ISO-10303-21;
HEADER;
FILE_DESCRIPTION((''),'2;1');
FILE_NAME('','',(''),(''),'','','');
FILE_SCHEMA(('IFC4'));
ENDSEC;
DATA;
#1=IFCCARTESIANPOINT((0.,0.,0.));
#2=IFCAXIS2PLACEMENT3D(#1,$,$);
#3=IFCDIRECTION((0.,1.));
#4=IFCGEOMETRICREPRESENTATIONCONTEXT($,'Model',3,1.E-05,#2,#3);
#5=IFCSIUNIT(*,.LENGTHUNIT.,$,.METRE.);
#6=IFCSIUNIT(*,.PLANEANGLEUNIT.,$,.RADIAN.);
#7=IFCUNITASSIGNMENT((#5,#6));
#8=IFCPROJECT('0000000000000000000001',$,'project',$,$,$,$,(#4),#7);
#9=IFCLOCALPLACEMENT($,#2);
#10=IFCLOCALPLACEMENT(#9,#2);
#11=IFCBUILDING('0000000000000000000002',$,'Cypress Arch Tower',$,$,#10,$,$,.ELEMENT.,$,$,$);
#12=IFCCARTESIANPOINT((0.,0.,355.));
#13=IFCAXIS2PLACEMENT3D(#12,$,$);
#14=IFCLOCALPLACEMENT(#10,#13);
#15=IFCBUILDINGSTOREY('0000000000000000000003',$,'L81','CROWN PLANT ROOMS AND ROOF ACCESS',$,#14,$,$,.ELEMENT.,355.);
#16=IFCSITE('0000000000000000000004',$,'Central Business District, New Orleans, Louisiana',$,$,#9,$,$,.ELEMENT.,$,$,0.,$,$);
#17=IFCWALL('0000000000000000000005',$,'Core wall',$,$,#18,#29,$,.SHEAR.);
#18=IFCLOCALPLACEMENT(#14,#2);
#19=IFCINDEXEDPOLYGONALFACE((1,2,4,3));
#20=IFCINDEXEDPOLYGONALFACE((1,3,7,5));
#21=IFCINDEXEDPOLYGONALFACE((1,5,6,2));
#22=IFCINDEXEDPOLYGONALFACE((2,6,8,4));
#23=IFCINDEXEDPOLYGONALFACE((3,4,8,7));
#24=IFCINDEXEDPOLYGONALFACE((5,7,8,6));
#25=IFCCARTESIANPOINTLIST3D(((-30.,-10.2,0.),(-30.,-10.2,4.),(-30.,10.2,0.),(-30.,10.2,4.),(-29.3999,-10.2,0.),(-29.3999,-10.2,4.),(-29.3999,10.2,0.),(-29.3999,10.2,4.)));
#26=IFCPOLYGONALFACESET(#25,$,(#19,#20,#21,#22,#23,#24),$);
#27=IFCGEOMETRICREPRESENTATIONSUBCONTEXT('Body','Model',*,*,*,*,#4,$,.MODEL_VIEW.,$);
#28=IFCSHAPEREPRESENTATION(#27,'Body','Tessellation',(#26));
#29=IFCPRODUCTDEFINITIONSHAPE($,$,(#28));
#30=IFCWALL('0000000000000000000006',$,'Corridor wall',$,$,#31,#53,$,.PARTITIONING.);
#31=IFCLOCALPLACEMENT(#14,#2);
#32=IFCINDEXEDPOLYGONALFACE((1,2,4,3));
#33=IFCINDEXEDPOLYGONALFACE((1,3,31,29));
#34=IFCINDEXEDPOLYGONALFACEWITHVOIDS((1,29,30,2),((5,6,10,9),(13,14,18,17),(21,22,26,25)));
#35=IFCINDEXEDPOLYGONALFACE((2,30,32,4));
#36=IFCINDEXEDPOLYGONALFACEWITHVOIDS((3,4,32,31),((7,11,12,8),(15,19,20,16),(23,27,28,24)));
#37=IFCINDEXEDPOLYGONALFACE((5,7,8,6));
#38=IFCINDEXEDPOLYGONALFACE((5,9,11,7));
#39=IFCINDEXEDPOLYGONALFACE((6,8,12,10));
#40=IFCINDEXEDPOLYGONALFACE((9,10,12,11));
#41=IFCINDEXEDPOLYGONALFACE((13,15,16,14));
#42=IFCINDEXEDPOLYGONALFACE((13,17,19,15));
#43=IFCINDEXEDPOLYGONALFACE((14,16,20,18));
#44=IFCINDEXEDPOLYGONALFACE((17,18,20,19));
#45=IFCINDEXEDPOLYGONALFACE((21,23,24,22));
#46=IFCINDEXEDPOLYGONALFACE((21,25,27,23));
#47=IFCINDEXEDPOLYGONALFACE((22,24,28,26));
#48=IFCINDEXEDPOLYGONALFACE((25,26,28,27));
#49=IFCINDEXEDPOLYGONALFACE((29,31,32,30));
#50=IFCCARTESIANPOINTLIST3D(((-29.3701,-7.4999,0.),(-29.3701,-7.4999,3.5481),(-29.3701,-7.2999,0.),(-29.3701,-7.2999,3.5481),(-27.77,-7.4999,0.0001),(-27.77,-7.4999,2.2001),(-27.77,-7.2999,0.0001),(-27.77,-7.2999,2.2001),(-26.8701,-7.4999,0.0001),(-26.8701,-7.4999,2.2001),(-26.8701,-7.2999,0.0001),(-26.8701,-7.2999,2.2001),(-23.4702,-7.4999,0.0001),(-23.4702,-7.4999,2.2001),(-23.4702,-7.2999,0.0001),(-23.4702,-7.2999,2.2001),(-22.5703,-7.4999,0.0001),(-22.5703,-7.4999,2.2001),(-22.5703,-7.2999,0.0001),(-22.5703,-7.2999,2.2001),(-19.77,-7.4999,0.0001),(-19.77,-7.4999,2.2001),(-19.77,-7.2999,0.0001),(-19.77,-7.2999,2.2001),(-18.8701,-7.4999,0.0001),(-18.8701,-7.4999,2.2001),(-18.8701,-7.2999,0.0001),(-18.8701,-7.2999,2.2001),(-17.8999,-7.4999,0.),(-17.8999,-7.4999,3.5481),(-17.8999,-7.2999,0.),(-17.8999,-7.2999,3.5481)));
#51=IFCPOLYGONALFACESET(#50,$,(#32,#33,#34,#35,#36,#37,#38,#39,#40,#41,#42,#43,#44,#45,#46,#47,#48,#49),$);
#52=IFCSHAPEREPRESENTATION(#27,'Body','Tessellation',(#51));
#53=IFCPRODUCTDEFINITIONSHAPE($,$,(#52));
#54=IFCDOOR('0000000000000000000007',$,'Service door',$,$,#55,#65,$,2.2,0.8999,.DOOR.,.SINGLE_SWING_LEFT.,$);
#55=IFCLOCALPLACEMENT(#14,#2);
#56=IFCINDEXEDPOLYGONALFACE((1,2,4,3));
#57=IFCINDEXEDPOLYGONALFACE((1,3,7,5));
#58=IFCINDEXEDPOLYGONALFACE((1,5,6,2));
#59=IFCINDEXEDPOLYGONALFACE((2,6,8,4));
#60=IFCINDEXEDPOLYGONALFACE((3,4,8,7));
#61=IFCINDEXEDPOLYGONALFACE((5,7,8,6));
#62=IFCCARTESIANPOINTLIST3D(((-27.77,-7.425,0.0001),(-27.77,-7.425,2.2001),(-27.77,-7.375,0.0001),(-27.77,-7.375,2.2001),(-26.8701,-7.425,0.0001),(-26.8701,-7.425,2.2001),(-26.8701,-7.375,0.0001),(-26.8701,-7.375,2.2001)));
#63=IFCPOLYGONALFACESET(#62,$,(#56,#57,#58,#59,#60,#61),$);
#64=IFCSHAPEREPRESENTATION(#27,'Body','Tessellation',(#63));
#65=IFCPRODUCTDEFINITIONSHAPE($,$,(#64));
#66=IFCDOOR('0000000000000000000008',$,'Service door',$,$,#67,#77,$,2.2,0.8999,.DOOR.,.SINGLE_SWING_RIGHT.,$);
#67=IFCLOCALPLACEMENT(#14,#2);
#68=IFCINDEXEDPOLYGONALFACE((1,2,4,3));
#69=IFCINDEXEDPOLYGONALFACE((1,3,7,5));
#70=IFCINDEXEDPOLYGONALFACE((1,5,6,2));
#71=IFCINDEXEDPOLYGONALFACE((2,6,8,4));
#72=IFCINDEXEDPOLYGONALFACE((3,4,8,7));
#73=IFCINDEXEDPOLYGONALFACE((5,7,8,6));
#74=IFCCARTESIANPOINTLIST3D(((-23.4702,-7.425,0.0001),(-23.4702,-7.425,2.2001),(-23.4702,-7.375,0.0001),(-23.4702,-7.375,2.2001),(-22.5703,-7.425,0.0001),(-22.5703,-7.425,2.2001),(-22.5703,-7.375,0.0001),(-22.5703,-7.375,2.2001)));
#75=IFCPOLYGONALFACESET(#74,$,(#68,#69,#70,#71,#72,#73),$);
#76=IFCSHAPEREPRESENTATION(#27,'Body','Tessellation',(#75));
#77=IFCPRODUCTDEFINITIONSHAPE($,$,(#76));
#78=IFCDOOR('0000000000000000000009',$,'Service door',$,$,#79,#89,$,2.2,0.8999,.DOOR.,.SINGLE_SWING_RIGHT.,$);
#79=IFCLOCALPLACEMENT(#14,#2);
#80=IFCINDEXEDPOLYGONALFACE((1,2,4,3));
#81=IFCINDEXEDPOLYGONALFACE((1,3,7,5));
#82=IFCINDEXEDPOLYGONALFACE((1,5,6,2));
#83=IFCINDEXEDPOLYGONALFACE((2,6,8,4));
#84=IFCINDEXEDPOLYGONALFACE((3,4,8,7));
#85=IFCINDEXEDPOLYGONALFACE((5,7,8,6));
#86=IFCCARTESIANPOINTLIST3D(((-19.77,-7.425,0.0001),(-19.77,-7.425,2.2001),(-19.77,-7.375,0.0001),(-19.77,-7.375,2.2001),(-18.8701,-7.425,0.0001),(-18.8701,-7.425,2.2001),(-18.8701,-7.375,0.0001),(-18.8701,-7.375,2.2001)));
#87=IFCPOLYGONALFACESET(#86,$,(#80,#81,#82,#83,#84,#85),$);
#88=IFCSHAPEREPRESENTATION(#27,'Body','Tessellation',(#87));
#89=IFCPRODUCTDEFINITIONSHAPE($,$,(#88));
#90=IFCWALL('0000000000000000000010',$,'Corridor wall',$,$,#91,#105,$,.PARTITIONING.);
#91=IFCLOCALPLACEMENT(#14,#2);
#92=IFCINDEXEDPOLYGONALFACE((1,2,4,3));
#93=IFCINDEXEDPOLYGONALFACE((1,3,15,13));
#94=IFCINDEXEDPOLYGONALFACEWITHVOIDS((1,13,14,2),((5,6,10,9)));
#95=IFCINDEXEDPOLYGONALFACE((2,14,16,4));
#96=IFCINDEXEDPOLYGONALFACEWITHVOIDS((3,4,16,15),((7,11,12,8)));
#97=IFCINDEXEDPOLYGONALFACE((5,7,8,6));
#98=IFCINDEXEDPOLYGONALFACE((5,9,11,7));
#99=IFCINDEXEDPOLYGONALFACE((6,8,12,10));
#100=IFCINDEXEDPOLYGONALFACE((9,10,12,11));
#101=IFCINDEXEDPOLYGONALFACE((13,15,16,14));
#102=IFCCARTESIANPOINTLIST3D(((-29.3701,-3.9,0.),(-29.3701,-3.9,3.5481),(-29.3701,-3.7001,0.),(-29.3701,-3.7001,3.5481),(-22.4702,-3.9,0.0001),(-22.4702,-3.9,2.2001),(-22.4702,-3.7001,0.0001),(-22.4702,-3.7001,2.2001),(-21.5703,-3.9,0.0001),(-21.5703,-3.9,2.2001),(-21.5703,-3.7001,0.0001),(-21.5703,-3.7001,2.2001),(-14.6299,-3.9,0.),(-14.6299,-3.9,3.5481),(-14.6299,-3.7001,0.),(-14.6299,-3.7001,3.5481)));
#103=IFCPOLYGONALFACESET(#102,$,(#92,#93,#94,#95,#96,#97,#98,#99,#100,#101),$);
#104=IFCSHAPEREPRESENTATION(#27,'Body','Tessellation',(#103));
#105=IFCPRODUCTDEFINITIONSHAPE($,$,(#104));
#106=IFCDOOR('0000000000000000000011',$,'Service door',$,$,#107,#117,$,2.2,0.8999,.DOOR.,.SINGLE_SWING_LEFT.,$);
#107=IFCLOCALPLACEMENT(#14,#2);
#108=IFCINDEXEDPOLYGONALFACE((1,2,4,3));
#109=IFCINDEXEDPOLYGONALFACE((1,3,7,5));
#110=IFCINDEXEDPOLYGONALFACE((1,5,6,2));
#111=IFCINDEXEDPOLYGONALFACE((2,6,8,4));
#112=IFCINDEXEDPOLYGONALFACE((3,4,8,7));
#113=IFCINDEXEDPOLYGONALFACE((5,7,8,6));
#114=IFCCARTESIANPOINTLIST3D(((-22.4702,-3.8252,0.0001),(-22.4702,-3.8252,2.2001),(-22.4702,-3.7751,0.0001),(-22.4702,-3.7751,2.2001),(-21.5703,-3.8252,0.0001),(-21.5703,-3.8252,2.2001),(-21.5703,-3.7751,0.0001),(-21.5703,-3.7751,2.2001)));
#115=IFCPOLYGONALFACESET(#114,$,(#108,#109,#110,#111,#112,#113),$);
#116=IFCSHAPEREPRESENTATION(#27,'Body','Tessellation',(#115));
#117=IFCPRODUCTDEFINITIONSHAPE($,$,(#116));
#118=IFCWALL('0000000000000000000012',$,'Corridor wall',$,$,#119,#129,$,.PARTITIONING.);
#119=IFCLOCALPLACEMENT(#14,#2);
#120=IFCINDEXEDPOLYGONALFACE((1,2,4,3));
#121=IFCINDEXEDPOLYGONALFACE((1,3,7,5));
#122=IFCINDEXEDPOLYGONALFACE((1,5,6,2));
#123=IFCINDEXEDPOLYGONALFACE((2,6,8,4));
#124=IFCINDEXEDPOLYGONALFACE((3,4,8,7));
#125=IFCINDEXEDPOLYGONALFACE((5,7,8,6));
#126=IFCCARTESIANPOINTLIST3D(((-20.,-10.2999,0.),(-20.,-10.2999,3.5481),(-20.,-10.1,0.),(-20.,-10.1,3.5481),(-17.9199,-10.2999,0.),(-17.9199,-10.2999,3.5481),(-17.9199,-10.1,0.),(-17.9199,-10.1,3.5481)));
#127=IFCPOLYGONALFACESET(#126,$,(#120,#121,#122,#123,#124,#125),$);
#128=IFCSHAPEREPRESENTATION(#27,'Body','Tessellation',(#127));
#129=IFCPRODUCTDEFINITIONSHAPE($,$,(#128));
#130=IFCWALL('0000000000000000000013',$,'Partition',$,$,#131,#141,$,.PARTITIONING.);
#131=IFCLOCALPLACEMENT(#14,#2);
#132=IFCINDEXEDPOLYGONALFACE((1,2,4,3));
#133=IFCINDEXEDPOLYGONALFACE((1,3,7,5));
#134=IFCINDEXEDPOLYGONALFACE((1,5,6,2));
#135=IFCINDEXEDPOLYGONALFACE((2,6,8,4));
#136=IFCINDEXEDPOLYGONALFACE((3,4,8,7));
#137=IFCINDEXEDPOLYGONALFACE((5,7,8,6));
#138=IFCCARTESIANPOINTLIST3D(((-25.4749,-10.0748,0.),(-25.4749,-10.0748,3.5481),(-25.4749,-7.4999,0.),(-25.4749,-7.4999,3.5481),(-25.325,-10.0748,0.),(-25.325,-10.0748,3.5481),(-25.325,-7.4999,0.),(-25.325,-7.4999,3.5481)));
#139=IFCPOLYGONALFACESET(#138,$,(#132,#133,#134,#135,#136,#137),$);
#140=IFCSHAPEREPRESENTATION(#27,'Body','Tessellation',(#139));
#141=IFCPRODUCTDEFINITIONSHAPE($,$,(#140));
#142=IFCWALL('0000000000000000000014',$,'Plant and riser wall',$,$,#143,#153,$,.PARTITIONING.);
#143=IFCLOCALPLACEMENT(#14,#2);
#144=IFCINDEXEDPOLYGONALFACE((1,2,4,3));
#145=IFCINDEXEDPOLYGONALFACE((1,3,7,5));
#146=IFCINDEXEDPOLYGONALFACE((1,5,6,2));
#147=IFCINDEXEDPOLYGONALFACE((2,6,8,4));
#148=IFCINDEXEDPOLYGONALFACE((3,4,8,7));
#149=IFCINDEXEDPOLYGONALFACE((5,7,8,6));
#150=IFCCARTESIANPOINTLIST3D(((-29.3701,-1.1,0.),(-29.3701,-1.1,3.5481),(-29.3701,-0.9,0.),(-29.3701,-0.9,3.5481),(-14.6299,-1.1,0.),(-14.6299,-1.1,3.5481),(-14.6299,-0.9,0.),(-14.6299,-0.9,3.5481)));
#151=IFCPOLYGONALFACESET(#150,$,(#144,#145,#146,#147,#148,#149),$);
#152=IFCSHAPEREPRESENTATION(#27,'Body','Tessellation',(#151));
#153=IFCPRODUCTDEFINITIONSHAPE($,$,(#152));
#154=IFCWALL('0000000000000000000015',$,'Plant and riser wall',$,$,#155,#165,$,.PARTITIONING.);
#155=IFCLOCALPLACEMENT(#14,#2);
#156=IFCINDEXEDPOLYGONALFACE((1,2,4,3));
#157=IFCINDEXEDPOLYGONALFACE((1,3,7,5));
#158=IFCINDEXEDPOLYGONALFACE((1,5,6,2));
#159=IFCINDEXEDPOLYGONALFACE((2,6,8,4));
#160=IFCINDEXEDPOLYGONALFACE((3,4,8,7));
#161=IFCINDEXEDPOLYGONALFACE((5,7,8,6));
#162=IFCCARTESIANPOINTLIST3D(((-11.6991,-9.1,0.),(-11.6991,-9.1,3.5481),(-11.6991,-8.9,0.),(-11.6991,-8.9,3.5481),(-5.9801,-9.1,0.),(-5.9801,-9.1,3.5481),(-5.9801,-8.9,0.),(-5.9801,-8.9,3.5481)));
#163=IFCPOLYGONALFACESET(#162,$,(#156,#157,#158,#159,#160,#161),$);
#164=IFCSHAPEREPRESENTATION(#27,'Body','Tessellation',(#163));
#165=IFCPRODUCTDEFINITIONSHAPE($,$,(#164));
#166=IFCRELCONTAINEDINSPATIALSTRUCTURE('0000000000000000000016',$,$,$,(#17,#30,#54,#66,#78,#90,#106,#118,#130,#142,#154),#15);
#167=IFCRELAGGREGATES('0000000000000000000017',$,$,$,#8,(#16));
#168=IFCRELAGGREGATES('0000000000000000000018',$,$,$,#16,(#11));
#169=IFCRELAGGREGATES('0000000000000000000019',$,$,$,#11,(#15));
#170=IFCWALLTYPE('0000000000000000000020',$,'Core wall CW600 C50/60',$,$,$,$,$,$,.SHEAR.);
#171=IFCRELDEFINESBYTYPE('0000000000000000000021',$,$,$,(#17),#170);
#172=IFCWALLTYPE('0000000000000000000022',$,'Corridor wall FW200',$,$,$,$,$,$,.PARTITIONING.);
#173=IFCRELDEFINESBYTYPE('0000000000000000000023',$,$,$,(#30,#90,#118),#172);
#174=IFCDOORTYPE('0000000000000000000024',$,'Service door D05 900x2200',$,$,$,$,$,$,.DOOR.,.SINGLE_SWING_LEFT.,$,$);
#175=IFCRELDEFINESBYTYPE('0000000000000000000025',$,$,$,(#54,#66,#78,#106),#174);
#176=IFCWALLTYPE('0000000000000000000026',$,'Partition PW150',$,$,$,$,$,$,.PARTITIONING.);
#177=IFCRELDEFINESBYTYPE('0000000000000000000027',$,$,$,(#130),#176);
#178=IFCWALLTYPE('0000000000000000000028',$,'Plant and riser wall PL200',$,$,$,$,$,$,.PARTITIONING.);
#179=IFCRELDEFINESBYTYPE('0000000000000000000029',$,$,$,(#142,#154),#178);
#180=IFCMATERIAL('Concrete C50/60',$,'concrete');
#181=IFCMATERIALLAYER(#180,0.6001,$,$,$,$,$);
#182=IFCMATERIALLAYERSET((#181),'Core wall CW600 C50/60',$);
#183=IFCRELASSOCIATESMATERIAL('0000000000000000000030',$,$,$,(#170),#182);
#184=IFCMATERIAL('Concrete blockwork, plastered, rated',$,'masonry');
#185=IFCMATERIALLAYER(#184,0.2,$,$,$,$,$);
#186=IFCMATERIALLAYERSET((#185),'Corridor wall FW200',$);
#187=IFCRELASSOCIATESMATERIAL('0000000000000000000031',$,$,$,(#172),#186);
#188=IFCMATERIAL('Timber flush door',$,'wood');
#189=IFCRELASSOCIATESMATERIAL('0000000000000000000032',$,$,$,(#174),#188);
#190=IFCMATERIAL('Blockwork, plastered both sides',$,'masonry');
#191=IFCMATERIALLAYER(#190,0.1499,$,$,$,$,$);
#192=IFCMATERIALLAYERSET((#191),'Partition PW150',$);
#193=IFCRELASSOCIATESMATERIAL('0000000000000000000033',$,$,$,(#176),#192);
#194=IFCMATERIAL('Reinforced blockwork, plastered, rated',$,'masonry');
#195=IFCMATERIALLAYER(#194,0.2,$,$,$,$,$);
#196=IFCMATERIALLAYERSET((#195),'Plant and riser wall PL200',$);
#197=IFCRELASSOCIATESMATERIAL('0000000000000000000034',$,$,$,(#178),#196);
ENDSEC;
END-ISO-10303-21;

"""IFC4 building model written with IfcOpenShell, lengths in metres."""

from ifc_helpers import new_model, si_unit, direction, frame, frame_2d, origin, place, context, subcontext, project, spatial, rectangle, extrude, material, layer, layer_set, type_object, element, fill, save


model = new_model("IFC4")

# Units and contexts
model_context = context("Model", 3, precision=1e-05, world=origin(), true_north=direction((0.0, 1.0)))
body_context = subcontext(model_context, "Body", "Model", "MODEL_VIEW")
ifc_project = project(units=[si_unit("LENGTHUNIT", "METRE"), si_unit("PLANEANGLEUNIT", "RADIAN")], contexts=[model_context])

# Site, building, storey
site_placement = place(None, origin())
site = spatial("IfcSite", under=ifc_project, at=site_placement, Name="Central Business District, New Orleans, Louisiana", CompositionType="ELEMENT", RefElevation=0.0)
building_placement = place(site_placement, origin())
building = spatial("IfcBuilding", under=site, at=building_placement, Name="Cypress Arch Tower", CompositionType="ELEMENT")
storey_placement = place(building_placement, frame((0.0, 0.0, 355.0)))
storey = spatial("IfcBuildingStorey", under=building, at=storey_placement, Name="L81", Description="CROWN PLANT ROOMS AND ROOF ACCESS", CompositionType="ELEMENT", Elevation=355.0)

# Wall
ifc_material_1 = material(Name="Concrete C50/60", Category="concrete")
ifc_layer_1 = layer(ifc_material_1, 0.6001)
ifc_layer_set_1 = layer_set([ifc_layer_1], Name="Core wall CW600 C50/60")
wall_type_1 = type_object("IfcWallType", Name="Core wall CW600 C50/60", PredefinedType="SHEAR", material=ifc_layer_set_1)
wall_1_placement = place(storey_placement, frame((-29.7, -10.2, 0.0), z_axis=(0.0, 0.0, 1.0), x_axis=(0.0, 1.0, 0.0)))
element("IfcWall", 1, at=wall_1_placement, inside=storey, type_object=wall_type_1, Name="Core wall", PredefinedType="SHEAR", context=body_context, shape_type="SweptSolid", body=[
    extrude(rectangle(XDim=20.3999, YDim=0.6001, at=frame_2d((10.2, 0.0))), origin(), (0.0, 0.0, 1.0), 4.0),
])

# Wall, openings, doors
ifc_material_2 = material(Name="Concrete blockwork, plastered, rated", Category="masonry")
ifc_layer_2 = layer(ifc_material_2, 0.2)
ifc_layer_set_2 = layer_set([ifc_layer_2], Name="Corridor wall FW200")
wall_type_2 = type_object("IfcWallType", Name="Corridor wall FW200", PredefinedType="PARTITIONING", material=ifc_layer_set_2)
wall_2_placement = place(storey_placement, frame((-29.3701, -7.3999, 0.0), z_axis=(0.0, 0.0, 1.0), x_axis=(1.0, 0.0, 0.0)))
wall_2 = element("IfcWall", 2, at=wall_2_placement, inside=storey, type_object=wall_type_2, Name="Corridor wall", PredefinedType="PARTITIONING", context=body_context, shape_type="SweptSolid", body=[
    extrude(rectangle(XDim=11.4702, YDim=0.2, at=frame_2d((5.7351, 0.0))), origin(), (0.0, 0.0, 1.0), 3.5481),
])
opening_1_placement = place(wall_2_placement, frame((1.6001, 0.0, 0.0)))
opening_1 = element("IfcOpeningElement", 3, at=opening_1_placement, cuts=wall_2, PredefinedType="OPENING", context=body_context, shape_type="SweptSolid", body=[
    extrude(rectangle(XDim=0.8999, YDim=2.2, at=frame_2d((0.45, 1.1001))), frame((0.0, 0.1099, 0.0), z_axis=(0.0, -1.0, 0.0), x_axis=(1.0, 0.0, 0.0)), (0.0, 0.0, 1.0), 0.22),
])
opening_2_placement = place(wall_2_placement, frame((5.8999, 0.0, 0.0)))
opening_2 = element("IfcOpeningElement", 4, at=opening_2_placement, cuts=wall_2, PredefinedType="OPENING", context=body_context, shape_type="SweptSolid", body=[
    extrude(rectangle(XDim=0.8999, YDim=2.2, at=frame_2d((0.45, 1.1001))), frame((0.0, 0.1099, 0.0), z_axis=(0.0, -1.0, 0.0), x_axis=(1.0, 0.0, 0.0)), (0.0, 0.0, 1.0), 0.22),
])
opening_3_placement = place(wall_2_placement, frame((9.6001, 0.0, 0.0)))
opening_3 = element("IfcOpeningElement", 5, at=opening_3_placement, cuts=wall_2, PredefinedType="OPENING", context=body_context, shape_type="SweptSolid", body=[
    extrude(rectangle(XDim=0.8999, YDim=2.2, at=frame_2d((0.45, 1.1001))), frame((0.0, 0.1099, 0.0), z_axis=(0.0, -1.0, 0.0), x_axis=(1.0, 0.0, 0.0)), (0.0, 0.0, 1.0), 0.22),
])
ifc_material_3 = material(Name="Timber flush door", Category="wood")
door_type_1 = type_object("IfcDoorType", Name="Service door D05 900x2200", OperationType="SINGLE_SWING_LEFT", PredefinedType="DOOR", material=ifc_material_3)
door_1_placement = place(opening_1_placement, origin())
door_1 = element("IfcDoor", 6, at=door_1_placement, inside=storey, type_object=door_type_1, Name="Service door", OperationType="SINGLE_SWING_LEFT", OverallHeight=2.2, OverallWidth=0.8999, PredefinedType="DOOR", context=body_context, shape_type="SweptSolid", body=[
    extrude(rectangle(XDim=0.8999, YDim=2.2, at=frame_2d((0.45, 1.1001))), frame((0.0, 0.0249, 0.0), z_axis=(0.0, -1.0, 0.0), x_axis=(1.0, 0.0, 0.0)), (0.0, 0.0, 1.0), 0.05),
])
fill(opening_1, door_1)
door_2_placement = place(opening_2_placement, origin())
door_2 = element("IfcDoor", 7, at=door_2_placement, inside=storey, type_object=door_type_1, Name="Service door", OperationType="SINGLE_SWING_RIGHT", OverallHeight=2.2, OverallWidth=0.8999, PredefinedType="DOOR", context=body_context, shape_type="SweptSolid", body=[
    extrude(rectangle(XDim=0.8999, YDim=2.2, at=frame_2d((0.45, 1.1001))), frame((0.0, 0.0249, 0.0), z_axis=(0.0, -1.0, 0.0), x_axis=(1.0, 0.0, 0.0)), (0.0, 0.0, 1.0), 0.05),
])
fill(opening_2, door_2)
door_3_placement = place(opening_3_placement, origin())
door_3 = element("IfcDoor", 8, at=door_3_placement, inside=storey, type_object=door_type_1, Name="Service door", OperationType="SINGLE_SWING_RIGHT", OverallHeight=2.2, OverallWidth=0.8999, PredefinedType="DOOR", context=body_context, shape_type="SweptSolid", body=[
    extrude(rectangle(XDim=0.8999, YDim=2.2, at=frame_2d((0.45, 1.1001))), frame((0.0, 0.0249, 0.0), z_axis=(0.0, -1.0, 0.0), x_axis=(1.0, 0.0, 0.0)), (0.0, 0.0, 1.0), 0.05),
])
fill(opening_3, door_3)

# Wall, opening, door
wall_3_placement = place(storey_placement, frame((-29.3701, -3.8, 0.0), z_axis=(0.0, 0.0, 1.0), x_axis=(1.0, 0.0, 0.0)))
wall_3 = element("IfcWall", 9, at=wall_3_placement, inside=storey, type_object=wall_type_2, Name="Corridor wall", PredefinedType="PARTITIONING", context=body_context, shape_type="SweptSolid", body=[
    extrude(rectangle(XDim=14.7402, YDim=0.2, at=frame_2d((7.3701, 0.0))), origin(), (0.0, 0.0, 1.0), 3.5481),
])
opening_4_placement = place(wall_3_placement, frame((6.8999, 0.0, 0.0)))
opening_4 = element("IfcOpeningElement", 10, at=opening_4_placement, cuts=wall_3, PredefinedType="OPENING", context=body_context, shape_type="SweptSolid", body=[
    extrude(rectangle(XDim=0.8999, YDim=2.2, at=frame_2d((0.45, 1.1001))), frame((0.0, 0.1099, 0.0), z_axis=(0.0, -1.0, 0.0), x_axis=(1.0, 0.0, 0.0)), (0.0, 0.0, 1.0), 0.22),
])
door_4_placement = place(opening_4_placement, origin())
door_4 = element("IfcDoor", 11, at=door_4_placement, inside=storey, type_object=door_type_1, Name="Service door", OperationType="SINGLE_SWING_LEFT", OverallHeight=2.2, OverallWidth=0.8999, PredefinedType="DOOR", context=body_context, shape_type="SweptSolid", body=[
    extrude(rectangle(XDim=0.8999, YDim=2.2, at=frame_2d((0.45, 1.1001))), frame((0.0, 0.0249, 0.0), z_axis=(0.0, -1.0, 0.0), x_axis=(1.0, 0.0, 0.0)), (0.0, 0.0, 1.0), 0.05),
])
fill(opening_4, door_4)

# Walls
wall_4_placement = place(storey_placement, frame((-20.0, -10.2, 0.0), z_axis=(0.0, 0.0, 1.0), x_axis=(1.0, 0.0, 0.0)))
element("IfcWall", 12, at=wall_4_placement, inside=storey, type_object=wall_type_2, Name="Corridor wall", PredefinedType="PARTITIONING", context=body_context, shape_type="SweptSolid", body=[
    extrude(rectangle(XDim=2.0801, YDim=0.2, at=frame_2d((1.04, 0.0))), origin(), (0.0, 0.0, 1.0), 3.5481),
])
ifc_material_4 = material(Name="Blockwork, plastered both sides", Category="masonry")
ifc_layer_3 = layer(ifc_material_4, 0.1499)
ifc_layer_set_3 = layer_set([ifc_layer_3], Name="Partition PW150")
wall_type_3 = type_object("IfcWallType", Name="Partition PW150", PredefinedType="PARTITIONING", material=ifc_layer_set_3)
wall_5_placement = place(storey_placement, frame((-25.3999, -10.075, 0.0), z_axis=(0.0, 0.0, 1.0), x_axis=(0.0, 1.0, 0.0)))
element("IfcWall", 13, at=wall_5_placement, inside=storey, type_object=wall_type_3, Name="Partition", PredefinedType="PARTITIONING", context=body_context, shape_type="SweptSolid", body=[
    extrude(rectangle(XDim=2.575, YDim=0.1499, at=frame_2d((1.2876, 0.0))), origin(), (0.0, 0.0, 1.0), 3.5481),
])
ifc_material_5 = material(Name="Reinforced blockwork, plastered, rated", Category="masonry")
ifc_layer_4 = layer(ifc_material_5, 0.2)
ifc_layer_set_4 = layer_set([ifc_layer_4], Name="Plant and riser wall PL200")
wall_type_4 = type_object("IfcWallType", Name="Plant and riser wall PL200", PredefinedType="PARTITIONING", material=ifc_layer_set_4)
wall_6_placement = place(storey_placement, frame((-29.3701, -1.0, 0.0), z_axis=(0.0, 0.0, 1.0), x_axis=(1.0, 0.0, 0.0)))
element("IfcWall", 14, at=wall_6_placement, inside=storey, type_object=wall_type_4, Name="Plant and riser wall", PredefinedType="PARTITIONING", context=body_context, shape_type="SweptSolid", body=[
    extrude(rectangle(XDim=14.7402, YDim=0.2, at=frame_2d((7.3701, 0.0))), origin(), (0.0, 0.0, 1.0), 3.5481),
])

# Wall
wall_7_placement = place(storey_placement, frame((-11.699, -9.0, 0.0), z_axis=(0.0, 0.0, 1.0), x_axis=(1.0, 0.0, 0.0)))
element("IfcWall", 15, at=wall_7_placement, inside=storey, type_object=wall_type_4, Name="Plant and riser wall", PredefinedType="PARTITIONING", context=body_context, shape_type="SweptSolid", body=[
    extrude(rectangle(XDim=5.719, YDim=0.2, at=frame_2d((2.8594, 0.0))), origin(), (0.0, 0.0, 1.0), 3.5481),
])

save(model, "model.ifc")
